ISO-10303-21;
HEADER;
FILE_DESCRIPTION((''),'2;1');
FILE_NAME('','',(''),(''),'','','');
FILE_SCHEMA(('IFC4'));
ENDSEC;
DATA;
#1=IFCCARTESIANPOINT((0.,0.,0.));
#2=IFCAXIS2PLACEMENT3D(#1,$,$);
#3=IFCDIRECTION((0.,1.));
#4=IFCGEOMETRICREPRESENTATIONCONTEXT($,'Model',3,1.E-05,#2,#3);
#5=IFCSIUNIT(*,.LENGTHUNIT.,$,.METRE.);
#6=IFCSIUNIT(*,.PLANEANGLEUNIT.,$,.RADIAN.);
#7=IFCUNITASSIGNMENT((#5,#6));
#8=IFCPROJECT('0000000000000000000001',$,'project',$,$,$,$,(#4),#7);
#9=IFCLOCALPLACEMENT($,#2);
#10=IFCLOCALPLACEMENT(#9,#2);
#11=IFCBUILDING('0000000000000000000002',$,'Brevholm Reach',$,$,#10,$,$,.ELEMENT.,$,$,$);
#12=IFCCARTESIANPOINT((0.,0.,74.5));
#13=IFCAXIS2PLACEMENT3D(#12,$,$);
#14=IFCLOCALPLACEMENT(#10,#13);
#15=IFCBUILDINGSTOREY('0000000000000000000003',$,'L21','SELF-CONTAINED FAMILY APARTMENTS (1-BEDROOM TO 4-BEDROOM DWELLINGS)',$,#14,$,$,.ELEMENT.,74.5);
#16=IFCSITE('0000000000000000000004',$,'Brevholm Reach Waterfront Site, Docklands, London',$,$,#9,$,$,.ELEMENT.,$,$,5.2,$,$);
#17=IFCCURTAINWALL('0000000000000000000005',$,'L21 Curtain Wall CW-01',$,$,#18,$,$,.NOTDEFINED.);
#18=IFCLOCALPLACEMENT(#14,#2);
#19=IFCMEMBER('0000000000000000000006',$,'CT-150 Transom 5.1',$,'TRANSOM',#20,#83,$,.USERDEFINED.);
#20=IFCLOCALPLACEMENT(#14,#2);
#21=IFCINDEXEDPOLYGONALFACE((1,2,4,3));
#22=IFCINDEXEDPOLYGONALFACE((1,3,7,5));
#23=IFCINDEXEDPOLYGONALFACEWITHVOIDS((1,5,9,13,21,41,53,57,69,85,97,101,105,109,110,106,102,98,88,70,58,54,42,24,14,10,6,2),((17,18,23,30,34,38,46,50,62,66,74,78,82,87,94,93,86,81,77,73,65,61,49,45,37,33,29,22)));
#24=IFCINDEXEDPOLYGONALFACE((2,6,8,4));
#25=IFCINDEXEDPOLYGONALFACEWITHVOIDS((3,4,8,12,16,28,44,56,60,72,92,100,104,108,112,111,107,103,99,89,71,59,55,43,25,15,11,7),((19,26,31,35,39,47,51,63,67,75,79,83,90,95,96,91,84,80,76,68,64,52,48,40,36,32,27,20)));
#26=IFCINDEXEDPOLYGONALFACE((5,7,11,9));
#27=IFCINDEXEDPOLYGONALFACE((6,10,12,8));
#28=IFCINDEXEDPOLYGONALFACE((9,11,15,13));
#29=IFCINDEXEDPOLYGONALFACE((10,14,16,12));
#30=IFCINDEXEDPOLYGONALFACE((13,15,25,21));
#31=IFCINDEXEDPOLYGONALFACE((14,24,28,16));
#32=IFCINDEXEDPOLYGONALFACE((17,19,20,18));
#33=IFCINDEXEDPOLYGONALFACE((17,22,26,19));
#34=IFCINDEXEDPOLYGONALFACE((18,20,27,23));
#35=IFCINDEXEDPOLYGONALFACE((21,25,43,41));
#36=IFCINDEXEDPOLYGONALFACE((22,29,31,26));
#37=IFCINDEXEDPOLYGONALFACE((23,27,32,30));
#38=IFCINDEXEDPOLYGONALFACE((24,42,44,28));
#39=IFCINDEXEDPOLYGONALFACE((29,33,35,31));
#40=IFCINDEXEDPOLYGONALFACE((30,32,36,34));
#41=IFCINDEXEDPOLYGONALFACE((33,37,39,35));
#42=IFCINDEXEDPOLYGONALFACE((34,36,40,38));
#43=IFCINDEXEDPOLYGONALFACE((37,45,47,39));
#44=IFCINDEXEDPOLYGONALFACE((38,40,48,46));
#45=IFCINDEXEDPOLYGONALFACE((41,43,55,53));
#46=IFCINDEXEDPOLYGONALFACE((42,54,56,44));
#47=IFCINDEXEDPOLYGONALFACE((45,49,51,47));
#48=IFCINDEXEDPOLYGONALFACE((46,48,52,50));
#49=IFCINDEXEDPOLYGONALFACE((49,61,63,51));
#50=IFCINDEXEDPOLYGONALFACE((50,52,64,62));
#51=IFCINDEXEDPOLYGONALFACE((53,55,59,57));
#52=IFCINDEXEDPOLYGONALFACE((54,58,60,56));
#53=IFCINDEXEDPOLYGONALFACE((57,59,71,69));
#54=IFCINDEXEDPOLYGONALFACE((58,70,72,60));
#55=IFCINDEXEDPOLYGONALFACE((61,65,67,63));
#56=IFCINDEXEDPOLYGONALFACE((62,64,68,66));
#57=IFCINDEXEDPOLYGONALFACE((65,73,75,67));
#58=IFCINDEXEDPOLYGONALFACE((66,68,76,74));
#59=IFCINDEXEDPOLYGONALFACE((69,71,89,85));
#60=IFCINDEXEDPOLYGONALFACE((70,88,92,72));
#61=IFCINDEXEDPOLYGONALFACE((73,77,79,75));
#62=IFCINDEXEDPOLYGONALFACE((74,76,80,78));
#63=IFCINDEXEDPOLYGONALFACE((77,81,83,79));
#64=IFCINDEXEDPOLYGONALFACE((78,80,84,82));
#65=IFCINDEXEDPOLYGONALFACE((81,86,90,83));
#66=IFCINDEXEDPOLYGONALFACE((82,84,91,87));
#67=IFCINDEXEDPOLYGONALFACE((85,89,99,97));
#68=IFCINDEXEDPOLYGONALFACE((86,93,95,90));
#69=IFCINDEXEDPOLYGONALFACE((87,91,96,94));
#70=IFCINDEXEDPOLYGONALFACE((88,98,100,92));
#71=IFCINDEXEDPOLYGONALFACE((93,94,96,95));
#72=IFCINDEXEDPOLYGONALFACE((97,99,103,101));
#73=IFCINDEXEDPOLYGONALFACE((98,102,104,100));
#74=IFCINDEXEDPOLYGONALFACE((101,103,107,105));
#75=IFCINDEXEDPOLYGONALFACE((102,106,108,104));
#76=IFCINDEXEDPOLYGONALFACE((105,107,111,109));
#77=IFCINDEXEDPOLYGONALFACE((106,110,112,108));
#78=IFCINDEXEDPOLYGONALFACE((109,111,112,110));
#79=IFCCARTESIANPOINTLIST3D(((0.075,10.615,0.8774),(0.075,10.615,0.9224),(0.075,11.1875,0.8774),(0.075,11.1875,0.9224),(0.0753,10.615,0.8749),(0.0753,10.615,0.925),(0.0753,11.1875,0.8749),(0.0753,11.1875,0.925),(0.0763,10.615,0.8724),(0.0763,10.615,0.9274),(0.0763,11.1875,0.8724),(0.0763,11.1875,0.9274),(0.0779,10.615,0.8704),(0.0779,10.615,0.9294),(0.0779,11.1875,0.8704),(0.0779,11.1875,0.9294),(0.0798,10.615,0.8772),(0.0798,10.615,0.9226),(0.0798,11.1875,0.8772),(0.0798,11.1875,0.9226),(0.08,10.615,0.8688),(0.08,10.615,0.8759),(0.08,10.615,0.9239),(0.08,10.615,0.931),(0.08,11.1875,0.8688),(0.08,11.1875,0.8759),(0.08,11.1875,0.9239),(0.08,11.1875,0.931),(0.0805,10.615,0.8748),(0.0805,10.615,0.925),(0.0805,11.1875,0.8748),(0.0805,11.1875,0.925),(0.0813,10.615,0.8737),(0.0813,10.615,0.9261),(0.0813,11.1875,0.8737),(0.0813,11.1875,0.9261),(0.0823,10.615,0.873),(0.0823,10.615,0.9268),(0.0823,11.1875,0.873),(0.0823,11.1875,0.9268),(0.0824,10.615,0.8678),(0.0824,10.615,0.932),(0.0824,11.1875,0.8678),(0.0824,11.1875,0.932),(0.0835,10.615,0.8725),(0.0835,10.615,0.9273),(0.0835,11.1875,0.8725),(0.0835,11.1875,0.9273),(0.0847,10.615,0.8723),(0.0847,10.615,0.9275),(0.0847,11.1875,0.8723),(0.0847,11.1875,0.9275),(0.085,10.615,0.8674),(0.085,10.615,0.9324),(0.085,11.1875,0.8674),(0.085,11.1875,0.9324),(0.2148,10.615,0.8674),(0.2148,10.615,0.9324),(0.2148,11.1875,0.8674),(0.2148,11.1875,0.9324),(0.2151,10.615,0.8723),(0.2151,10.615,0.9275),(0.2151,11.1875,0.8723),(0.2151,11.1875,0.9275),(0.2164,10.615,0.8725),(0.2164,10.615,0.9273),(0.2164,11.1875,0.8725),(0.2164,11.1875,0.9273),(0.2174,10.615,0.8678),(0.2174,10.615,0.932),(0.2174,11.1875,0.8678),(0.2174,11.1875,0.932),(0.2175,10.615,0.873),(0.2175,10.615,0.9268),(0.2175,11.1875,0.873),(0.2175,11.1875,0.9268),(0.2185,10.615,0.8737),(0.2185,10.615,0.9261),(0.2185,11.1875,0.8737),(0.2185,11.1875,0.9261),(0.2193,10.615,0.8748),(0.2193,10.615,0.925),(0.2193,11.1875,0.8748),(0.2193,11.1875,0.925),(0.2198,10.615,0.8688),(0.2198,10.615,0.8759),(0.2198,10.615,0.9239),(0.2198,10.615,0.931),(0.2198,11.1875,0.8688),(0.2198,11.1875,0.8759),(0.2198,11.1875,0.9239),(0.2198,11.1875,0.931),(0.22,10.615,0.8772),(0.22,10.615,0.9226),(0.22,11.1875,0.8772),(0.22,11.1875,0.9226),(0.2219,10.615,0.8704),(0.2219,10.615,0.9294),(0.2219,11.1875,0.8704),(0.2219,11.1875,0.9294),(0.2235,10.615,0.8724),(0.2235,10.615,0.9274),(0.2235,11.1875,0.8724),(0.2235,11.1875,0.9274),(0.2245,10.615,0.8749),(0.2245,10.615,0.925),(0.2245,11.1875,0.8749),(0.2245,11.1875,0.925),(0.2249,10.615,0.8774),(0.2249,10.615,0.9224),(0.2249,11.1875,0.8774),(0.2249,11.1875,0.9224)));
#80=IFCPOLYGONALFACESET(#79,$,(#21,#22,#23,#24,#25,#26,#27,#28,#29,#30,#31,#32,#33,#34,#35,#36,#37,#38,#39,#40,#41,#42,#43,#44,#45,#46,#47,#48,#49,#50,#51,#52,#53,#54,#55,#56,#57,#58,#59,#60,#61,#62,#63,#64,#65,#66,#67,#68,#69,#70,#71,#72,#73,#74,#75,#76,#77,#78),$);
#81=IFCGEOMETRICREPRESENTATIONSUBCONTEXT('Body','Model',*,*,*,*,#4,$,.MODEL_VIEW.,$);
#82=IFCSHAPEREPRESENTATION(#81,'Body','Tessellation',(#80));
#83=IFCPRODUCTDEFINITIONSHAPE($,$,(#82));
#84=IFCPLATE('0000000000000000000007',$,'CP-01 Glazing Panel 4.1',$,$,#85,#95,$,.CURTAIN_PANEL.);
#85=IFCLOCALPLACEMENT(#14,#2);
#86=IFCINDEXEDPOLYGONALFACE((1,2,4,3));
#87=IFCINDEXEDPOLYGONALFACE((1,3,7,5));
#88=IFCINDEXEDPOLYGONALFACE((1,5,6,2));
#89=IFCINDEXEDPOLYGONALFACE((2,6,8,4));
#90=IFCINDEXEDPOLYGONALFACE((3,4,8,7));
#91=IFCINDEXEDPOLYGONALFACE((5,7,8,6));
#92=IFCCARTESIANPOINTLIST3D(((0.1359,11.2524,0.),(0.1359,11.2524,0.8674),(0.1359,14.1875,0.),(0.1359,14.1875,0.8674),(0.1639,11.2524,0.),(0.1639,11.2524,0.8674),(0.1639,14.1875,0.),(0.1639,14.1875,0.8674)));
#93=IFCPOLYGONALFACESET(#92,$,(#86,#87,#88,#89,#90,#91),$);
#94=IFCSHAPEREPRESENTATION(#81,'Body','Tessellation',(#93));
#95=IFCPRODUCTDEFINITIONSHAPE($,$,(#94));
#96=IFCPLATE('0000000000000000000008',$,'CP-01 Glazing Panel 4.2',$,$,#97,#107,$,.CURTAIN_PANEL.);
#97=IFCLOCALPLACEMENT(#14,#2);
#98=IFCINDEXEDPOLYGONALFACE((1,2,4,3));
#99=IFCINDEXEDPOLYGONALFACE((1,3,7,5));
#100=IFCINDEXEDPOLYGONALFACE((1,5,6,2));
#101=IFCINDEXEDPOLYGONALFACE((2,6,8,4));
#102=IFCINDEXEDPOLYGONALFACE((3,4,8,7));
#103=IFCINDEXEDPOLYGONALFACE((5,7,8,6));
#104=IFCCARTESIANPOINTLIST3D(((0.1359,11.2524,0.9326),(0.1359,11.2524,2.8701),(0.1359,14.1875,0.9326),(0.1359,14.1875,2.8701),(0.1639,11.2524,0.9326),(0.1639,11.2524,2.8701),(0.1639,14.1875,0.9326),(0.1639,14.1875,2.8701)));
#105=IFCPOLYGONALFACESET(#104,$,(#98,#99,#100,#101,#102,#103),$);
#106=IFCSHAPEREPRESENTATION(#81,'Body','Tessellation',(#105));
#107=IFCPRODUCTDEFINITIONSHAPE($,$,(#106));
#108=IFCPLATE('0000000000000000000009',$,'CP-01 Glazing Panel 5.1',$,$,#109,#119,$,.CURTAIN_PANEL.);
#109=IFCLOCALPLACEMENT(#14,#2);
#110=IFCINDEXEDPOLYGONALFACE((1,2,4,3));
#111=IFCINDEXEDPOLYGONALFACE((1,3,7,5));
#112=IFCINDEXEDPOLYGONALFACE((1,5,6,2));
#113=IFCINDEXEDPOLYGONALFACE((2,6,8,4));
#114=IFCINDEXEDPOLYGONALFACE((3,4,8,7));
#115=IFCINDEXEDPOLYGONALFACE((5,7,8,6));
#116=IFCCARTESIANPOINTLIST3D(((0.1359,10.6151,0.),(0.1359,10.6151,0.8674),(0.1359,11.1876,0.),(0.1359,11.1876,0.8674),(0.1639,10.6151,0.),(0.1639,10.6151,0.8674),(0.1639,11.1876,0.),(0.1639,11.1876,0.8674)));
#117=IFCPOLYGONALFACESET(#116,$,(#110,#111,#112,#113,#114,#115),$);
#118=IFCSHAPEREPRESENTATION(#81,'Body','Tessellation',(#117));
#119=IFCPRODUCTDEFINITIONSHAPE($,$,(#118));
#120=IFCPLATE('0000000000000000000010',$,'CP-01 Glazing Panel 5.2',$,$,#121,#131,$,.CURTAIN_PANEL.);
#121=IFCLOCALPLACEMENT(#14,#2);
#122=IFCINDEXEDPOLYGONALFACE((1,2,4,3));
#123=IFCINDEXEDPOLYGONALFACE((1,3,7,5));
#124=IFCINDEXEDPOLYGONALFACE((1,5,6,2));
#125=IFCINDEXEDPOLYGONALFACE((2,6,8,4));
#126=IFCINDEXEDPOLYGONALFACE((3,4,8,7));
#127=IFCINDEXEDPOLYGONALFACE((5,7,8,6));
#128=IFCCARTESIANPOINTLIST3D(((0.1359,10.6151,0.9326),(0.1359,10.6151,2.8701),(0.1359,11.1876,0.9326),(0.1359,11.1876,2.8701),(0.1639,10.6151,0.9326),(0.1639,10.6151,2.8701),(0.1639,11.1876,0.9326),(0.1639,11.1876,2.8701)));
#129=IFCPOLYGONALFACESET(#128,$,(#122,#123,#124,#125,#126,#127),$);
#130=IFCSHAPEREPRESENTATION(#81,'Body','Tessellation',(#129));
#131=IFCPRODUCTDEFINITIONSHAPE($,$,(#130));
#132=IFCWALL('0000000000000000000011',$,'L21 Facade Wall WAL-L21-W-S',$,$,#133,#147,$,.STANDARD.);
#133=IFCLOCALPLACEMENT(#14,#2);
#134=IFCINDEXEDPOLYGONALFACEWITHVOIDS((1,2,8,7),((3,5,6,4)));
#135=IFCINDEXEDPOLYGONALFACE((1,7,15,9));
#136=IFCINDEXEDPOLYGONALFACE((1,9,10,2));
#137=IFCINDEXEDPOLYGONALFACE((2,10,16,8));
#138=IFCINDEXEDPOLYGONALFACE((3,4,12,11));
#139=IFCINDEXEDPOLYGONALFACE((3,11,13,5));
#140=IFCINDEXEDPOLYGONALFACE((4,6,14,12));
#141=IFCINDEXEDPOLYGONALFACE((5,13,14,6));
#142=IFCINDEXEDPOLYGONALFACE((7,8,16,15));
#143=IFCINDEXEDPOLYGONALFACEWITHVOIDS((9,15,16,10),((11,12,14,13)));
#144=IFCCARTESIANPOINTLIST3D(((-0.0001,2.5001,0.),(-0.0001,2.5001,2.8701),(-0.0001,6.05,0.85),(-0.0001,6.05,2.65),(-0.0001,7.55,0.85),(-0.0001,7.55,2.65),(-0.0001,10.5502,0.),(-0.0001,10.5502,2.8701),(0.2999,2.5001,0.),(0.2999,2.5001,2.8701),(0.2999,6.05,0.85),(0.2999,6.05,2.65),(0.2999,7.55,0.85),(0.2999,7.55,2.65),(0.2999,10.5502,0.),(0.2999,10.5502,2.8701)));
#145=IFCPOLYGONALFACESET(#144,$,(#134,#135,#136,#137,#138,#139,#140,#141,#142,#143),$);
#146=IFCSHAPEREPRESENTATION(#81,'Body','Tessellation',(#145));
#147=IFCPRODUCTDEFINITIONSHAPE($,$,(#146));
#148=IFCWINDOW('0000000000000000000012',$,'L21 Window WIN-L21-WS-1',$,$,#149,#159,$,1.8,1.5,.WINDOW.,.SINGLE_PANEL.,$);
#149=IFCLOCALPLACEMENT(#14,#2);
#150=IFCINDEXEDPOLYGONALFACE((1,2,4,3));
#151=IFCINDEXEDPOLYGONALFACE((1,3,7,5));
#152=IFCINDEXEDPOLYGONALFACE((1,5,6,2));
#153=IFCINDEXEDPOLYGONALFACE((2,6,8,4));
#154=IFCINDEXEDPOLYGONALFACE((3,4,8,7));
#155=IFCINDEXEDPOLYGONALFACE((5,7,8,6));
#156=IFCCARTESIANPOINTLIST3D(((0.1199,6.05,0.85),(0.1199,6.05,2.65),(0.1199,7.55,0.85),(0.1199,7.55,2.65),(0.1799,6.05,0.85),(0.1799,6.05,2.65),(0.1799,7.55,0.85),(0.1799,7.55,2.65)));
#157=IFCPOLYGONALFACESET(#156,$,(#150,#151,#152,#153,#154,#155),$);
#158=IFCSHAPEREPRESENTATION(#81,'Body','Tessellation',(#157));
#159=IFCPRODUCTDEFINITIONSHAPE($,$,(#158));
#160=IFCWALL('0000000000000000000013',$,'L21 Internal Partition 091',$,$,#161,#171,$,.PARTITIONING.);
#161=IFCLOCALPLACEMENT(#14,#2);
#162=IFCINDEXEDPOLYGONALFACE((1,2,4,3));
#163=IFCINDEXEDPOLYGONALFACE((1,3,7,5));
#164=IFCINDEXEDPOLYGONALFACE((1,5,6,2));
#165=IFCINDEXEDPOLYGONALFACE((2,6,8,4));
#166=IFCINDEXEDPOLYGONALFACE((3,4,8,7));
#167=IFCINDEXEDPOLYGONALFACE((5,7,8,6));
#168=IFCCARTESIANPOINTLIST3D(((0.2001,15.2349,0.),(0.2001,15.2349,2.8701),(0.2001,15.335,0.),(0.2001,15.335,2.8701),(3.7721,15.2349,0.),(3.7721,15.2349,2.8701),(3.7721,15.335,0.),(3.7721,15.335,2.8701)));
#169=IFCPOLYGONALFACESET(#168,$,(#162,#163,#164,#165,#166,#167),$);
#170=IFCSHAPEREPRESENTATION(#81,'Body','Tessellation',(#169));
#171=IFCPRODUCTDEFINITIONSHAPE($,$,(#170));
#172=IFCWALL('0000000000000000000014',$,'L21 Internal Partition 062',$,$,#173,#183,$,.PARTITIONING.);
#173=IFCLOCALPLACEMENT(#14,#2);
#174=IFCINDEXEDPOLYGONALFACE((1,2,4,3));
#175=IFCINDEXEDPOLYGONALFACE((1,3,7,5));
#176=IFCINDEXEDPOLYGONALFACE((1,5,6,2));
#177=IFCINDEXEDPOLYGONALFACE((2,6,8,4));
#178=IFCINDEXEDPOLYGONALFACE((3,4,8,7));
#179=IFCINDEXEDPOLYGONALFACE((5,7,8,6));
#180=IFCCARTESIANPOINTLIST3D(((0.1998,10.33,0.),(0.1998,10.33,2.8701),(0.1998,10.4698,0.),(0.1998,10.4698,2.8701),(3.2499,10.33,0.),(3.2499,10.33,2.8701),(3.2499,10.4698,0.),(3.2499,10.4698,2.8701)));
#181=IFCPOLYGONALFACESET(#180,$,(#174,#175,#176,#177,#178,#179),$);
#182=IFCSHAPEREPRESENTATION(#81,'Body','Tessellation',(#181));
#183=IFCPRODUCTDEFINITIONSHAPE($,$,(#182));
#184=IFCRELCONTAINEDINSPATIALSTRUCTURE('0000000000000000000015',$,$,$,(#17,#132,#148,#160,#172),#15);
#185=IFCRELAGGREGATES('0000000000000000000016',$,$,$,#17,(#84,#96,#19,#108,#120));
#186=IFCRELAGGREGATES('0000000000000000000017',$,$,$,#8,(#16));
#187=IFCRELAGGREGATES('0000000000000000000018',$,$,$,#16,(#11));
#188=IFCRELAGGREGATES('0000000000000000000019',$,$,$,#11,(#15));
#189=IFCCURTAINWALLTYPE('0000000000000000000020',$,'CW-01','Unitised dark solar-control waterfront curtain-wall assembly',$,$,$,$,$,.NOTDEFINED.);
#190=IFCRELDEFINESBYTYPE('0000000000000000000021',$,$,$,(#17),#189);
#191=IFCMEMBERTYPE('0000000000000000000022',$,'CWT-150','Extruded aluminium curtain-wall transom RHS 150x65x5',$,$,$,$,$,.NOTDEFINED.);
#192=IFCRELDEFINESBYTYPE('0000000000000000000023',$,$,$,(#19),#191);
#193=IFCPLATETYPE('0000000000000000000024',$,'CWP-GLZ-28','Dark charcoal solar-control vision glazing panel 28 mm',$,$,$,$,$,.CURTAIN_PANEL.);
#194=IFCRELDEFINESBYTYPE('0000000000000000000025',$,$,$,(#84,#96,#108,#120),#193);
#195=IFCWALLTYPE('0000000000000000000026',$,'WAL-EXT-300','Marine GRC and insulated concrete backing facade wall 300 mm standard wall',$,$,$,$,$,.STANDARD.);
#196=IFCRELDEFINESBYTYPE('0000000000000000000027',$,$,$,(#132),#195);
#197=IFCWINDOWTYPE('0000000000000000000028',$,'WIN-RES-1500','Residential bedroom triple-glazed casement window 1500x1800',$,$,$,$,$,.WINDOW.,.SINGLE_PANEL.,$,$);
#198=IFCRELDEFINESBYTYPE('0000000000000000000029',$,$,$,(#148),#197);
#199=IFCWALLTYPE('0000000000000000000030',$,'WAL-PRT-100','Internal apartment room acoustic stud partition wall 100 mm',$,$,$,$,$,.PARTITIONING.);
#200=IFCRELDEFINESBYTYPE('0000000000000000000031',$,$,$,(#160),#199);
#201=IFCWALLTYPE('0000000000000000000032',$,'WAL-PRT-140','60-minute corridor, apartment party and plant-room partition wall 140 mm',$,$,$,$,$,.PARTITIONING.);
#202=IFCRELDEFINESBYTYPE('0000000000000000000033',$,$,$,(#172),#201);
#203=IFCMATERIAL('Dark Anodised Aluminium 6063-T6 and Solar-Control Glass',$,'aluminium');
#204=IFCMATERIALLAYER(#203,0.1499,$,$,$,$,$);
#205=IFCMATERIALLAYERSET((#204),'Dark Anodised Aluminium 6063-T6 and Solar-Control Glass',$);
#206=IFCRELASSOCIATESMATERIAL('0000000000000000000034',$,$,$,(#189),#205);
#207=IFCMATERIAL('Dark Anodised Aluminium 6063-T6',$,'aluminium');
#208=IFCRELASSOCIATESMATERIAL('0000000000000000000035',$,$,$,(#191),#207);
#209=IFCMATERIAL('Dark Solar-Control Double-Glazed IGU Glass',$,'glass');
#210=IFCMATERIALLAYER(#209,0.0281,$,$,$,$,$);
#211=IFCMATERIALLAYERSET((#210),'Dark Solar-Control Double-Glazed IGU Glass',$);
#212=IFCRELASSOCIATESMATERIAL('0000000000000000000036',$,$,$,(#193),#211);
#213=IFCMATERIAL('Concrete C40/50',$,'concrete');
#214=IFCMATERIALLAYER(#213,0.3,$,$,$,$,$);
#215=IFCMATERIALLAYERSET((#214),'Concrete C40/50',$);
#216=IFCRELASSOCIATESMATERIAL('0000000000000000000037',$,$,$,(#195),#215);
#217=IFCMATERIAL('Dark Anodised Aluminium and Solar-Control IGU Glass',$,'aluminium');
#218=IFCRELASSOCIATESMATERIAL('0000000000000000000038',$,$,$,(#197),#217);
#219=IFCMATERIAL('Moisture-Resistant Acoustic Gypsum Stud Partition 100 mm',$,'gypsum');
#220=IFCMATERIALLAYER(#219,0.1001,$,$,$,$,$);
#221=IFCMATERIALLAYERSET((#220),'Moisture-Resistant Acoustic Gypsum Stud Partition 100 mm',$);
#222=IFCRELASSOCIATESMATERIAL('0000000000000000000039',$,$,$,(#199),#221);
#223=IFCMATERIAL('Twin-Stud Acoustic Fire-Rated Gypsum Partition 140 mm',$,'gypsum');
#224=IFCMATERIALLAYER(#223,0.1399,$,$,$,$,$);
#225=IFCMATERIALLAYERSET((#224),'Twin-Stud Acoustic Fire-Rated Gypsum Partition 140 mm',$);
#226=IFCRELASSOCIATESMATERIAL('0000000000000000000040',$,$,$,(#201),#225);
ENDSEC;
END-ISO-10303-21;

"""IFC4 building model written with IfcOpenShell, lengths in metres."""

from ifc_helpers import new_model, si_unit, direction, frame, frame_2d, origin, origin_2d, place, context, subcontext, project, spatial, rectangle, hollow_rectangle, extrude, material, layer, layer_set, material_profile, profile_set, type_object, element, fill, aggregate, save


model = new_model("IFC4")

# Units and contexts
model_context = context("Model", 3, precision=1e-05, world=origin(), true_north=direction((0.0, 1.0)))
body_context = subcontext(model_context, "Body", "Model", "MODEL_VIEW")
ifc_project = project(units=[si_unit("LENGTHUNIT", "METRE"), si_unit("PLANEANGLEUNIT", "RADIAN")], contexts=[model_context])

# Site, building, storey
site_placement = place(None, origin())
site = spatial("IfcSite", under=ifc_project, at=site_placement, Name="Brevholm Reach Waterfront Site, Docklands, London", CompositionType="ELEMENT", RefElevation=5.2)
building_placement = place(site_placement, origin())
building = spatial("IfcBuilding", under=site, at=building_placement, Name="Brevholm Reach", CompositionType="ELEMENT")
storey_placement = place(building_placement, frame((0.0, 0.0, 74.5)))
storey = spatial("IfcBuildingStorey", under=building, at=storey_placement, Name="L21", Description="SELF-CONTAINED FAMILY APARTMENTS (1-BEDROOM TO 4-BEDROOM DWELLINGS)", CompositionType="ELEMENT", Elevation=74.5)

# Curtain wall, member, plates
ifc_material_1 = material(Name="Dark Anodised Aluminium 6063-T6 and Solar-Control Glass", Category="aluminium")
ifc_layer_1 = layer(ifc_material_1, 0.1499)
ifc_layer_set_1 = layer_set([ifc_layer_1], Name="Dark Anodised Aluminium 6063-T6 and Solar-Control Glass")
curtain_wall_type = type_object("IfcCurtainWallType", Name="CW-01", Description="Unitised dark solar-control waterfront curtain-wall assembly", PredefinedType="NOTDEFINED", material=ifc_layer_set_1)
curtain_wall_placement = place(storey_placement, origin())
curtain_wall = element("IfcCurtainWall", 1, at=curtain_wall_placement, inside=storey, type_object=curtain_wall_type, Name="L21 Curtain Wall CW-01", PredefinedType="NOTDEFINED")
ifc_material_2 = material(Name="Dark Anodised Aluminium 6063-T6", Category="aluminium")
ifc_material_profile_1 = material_profile(ifc_material_2, hollow_rectangle(XDim=0.0649, YDim=0.1499, WallThickness=0.0049, InnerFilletRadius=0.0049, OuterFilletRadius=0.01, at=origin_2d()), Name="RHS 150x65x5")
ifc_profile_set_1 = profile_set([ifc_material_profile_1], Name="Dark Anodised Aluminium 6063-T6")
member_type_1 = type_object("IfcMemberType", Name="CWT-150", Description="Extruded aluminium curtain-wall transom RHS 150x65x5", PredefinedType="NOTDEFINED", material=ifc_profile_set_1)
member_1_placement = place(storey_placement, frame((0.1499, 11.1875, 0.8999), z_axis=(0.0, -1.0, 0.0), x_axis=(0.0, 0.0, 1.0)))
member_1 = element("IfcMember", 2, at=member_1_placement, type_object=member_type_1, Name="CT-150 Transom 5.1", ObjectType="TRANSOM", PredefinedType="USERDEFINED", context=body_context, shape_type="SweptSolid", body=[
    extrude(hollow_rectangle(XDim=0.0649, YDim=0.1499, WallThickness=0.0049, InnerFilletRadius=0.0049, OuterFilletRadius=0.01, at=origin_2d()), origin(), (0.0, 0.0, 1.0), 0.5725),
])
ifc_material_3 = material(Name="Dark Solar-Control Double-Glazed IGU Glass", Category="glass")
ifc_layer_2 = layer(ifc_material_3, 0.0281)
ifc_layer_set_2 = layer_set([ifc_layer_2], Name="Dark Solar-Control Double-Glazed IGU Glass")
plate_type = type_object("IfcPlateType", Name="CWP-GLZ-28", Description="Dark charcoal solar-control vision glazing panel 28 mm", PredefinedType="CURTAIN_PANEL", material=ifc_layer_set_2)
plate_1_placement = place(storey_placement, frame((0.1499, 12.72, 0.0), z_axis=(0.0, 0.0, 1.0), x_axis=(0.0, -1.0, 0.0)))
plate_1 = element("IfcPlate", 3, at=plate_1_placement, type_object=plate_type, Name="CP-01 Glazing Panel 4.1", PredefinedType="CURTAIN_PANEL", context=body_context, shape_type="SweptSolid", body=[
    extrude(rectangle(XDim=2.9351, YDim=0.0281, at=origin_2d()), origin(), (0.0, 0.0, 1.0), 0.8674),
])
plate_2_placement = place(storey_placement, frame((0.1499, 12.72, 0.9326), z_axis=(0.0, 0.0, 1.0), x_axis=(0.0, -1.0, 0.0)))
plate_2 = element("IfcPlate", 4, at=plate_2_placement, type_object=plate_type, Name="CP-01 Glazing Panel 4.2", PredefinedType="CURTAIN_PANEL", context=body_context, shape_type="SweptSolid", body=[
    extrude(rectangle(XDim=2.9351, YDim=0.0281, at=origin_2d()), origin(), (0.0, 0.0, 1.0), 1.9375),
])
plate_3_placement = place(storey_placement, frame((0.1499, 10.9014, 0.0), z_axis=(0.0, 0.0, 1.0), x_axis=(0.0, -1.0, 0.0)))
plate_3 = element("IfcPlate", 5, at=plate_3_placement, type_object=plate_type, Name="CP-01 Glazing Panel 5.1", PredefinedType="CURTAIN_PANEL", context=body_context, shape_type="SweptSolid", body=[
    extrude(rectangle(XDim=0.5725, YDim=0.0281, at=origin_2d()), origin(), (0.0, 0.0, 1.0), 0.8674),
])
plate_4_placement = place(storey_placement, frame((0.1499, 10.9014, 0.9326), z_axis=(0.0, 0.0, 1.0), x_axis=(0.0, -1.0, 0.0)))
plate_4 = element("IfcPlate", 6, at=plate_4_placement, type_object=plate_type, Name="CP-01 Glazing Panel 5.2", PredefinedType="CURTAIN_PANEL", context=body_context, shape_type="SweptSolid", body=[
    extrude(rectangle(XDim=0.5725, YDim=0.0281, at=origin_2d()), origin(), (0.0, 0.0, 1.0), 1.9375),
])
aggregate(curtain_wall, [plate_1, plate_2, member_1, plate_3, plate_4])

# Wall, opening, window
ifc_material_4 = material(Name="Concrete C40/50", Category="concrete")
ifc_layer_3 = layer(ifc_material_4, 0.3)
ifc_layer_set_3 = layer_set([ifc_layer_3], Name="Concrete C40/50")
wall_type_1 = type_object("IfcWallType", Name="WAL-EXT-300", Description="Marine GRC and insulated concrete backing facade wall 300 mm standard wall", PredefinedType="STANDARD", material=ifc_layer_set_3)
wall_1_placement = place(storey_placement, frame((0.1499, 10.55, 0.0), z_axis=(0.0, 0.0, 1.0), x_axis=(0.0, -1.0, 0.0)))
wall_1 = element("IfcWall", 7, at=wall_1_placement, inside=storey, type_object=wall_type_1, Name="L21 Facade Wall WAL-L21-W-S", PredefinedType="STANDARD", context=body_context, shape_type="SweptSolid", body=[
    extrude(rectangle(XDim=8.05, YDim=0.3, at=frame_2d((4.0249, 0.0))), origin(), (0.0, 0.0, 1.0), 2.8701),
])
opening_placement = place(wall_1_placement, frame((3.0, 0.0, 0.8501)))
opening = element("IfcOpeningElement", 8, at=opening_placement, cuts=wall_1, PredefinedType="OPENING", context=body_context, shape_type="SweptSolid", body=[
    extrude(rectangle(XDim=1.5, YDim=1.8, at=frame_2d((0.75, 0.8999))), frame((0.0, 0.1599, 0.0), z_axis=(0.0, -1.0, 0.0), x_axis=(1.0, 0.0, 0.0)), (0.0, 0.0, 1.0), 0.3201),
])
ifc_material_5 = material(Name="Dark Anodised Aluminium and Solar-Control IGU Glass", Category="aluminium")
window_type = type_object("IfcWindowType", Name="WIN-RES-1500", Description="Residential bedroom triple-glazed casement window 1500x1800", PartitioningType="SINGLE_PANEL", PredefinedType="WINDOW", material=ifc_material_5)
window_placement = place(opening_placement, origin())
window = element("IfcWindow", 9, at=window_placement, inside=storey, type_object=window_type, Name="L21 Window WIN-L21-WS-1", OverallHeight=1.8, OverallWidth=1.5, PartitioningType="SINGLE_PANEL", PredefinedType="WINDOW", context=body_context, shape_type="SweptSolid", body=[
    extrude(rectangle(XDim=1.5, YDim=1.8, at=frame_2d((0.75, 0.8999))), frame((0.0, 0.03, 0.0), z_axis=(0.0, -1.0, 0.0), x_axis=(1.0, 0.0, 0.0)), (0.0, 0.0, 1.0), 0.0601),
])
fill(opening, window)

# Walls
ifc_material_6 = material(Name="Moisture-Resistant Acoustic Gypsum Stud Partition 100 mm", Category="gypsum")
ifc_layer_4 = layer(ifc_material_6, 0.1001)
ifc_layer_set_4 = layer_set([ifc_layer_4], Name="Moisture-Resistant Acoustic Gypsum Stud Partition 100 mm")
wall_type_2 = type_object("IfcWallType", Name="WAL-PRT-100", Description="Internal apartment room acoustic stud partition wall 100 mm", PredefinedType="PARTITIONING", material=ifc_layer_set_4)
wall_2_placement = place(storey_placement, frame((0.2, 15.2849, 0.0), z_axis=(0.0, 0.0, 1.0), x_axis=(1.0, 0.0, 0.0)))
element("IfcWall", 10, at=wall_2_placement, inside=storey, type_object=wall_type_2, Name="L21 Internal Partition 091", PredefinedType="PARTITIONING", context=body_context, shape_type="SweptSolid", body=[
    extrude(rectangle(XDim=3.572, YDim=0.1001, at=frame_2d((1.7861, 0.0))), origin(), (0.0, 0.0, 1.0), 2.8701),
])
ifc_material_7 = material(Name="Twin-Stud Acoustic Fire-Rated Gypsum Partition 140 mm", Category="gypsum")
ifc_layer_5 = layer(ifc_material_7, 0.1399)
ifc_layer_set_5 = layer_set([ifc_layer_5], Name="Twin-Stud Acoustic Fire-Rated Gypsum Partition 140 mm")
wall_type_3 = type_object("IfcWallType", Name="WAL-PRT-140", Description="60-minute corridor, apartment party and plant-room partition wall 140 mm", PredefinedType="PARTITIONING", material=ifc_layer_set_5)
wall_3_placement = place(storey_placement, frame((0.2, 10.3999, 0.0), z_axis=(0.0, 0.0, 1.0), x_axis=(1.0, 0.0, 0.0)))
element("IfcWall", 11, at=wall_3_placement, inside=storey, type_object=wall_type_3, Name="L21 Internal Partition 062", PredefinedType="PARTITIONING", context=body_context, shape_type="SweptSolid", body=[
    extrude(rectangle(XDim=3.05, YDim=0.1399, at=frame_2d((1.5249, 0.0))), origin(), (0.0, 0.0, 1.0), 2.8701),
])

save(model, "model.ifc")
